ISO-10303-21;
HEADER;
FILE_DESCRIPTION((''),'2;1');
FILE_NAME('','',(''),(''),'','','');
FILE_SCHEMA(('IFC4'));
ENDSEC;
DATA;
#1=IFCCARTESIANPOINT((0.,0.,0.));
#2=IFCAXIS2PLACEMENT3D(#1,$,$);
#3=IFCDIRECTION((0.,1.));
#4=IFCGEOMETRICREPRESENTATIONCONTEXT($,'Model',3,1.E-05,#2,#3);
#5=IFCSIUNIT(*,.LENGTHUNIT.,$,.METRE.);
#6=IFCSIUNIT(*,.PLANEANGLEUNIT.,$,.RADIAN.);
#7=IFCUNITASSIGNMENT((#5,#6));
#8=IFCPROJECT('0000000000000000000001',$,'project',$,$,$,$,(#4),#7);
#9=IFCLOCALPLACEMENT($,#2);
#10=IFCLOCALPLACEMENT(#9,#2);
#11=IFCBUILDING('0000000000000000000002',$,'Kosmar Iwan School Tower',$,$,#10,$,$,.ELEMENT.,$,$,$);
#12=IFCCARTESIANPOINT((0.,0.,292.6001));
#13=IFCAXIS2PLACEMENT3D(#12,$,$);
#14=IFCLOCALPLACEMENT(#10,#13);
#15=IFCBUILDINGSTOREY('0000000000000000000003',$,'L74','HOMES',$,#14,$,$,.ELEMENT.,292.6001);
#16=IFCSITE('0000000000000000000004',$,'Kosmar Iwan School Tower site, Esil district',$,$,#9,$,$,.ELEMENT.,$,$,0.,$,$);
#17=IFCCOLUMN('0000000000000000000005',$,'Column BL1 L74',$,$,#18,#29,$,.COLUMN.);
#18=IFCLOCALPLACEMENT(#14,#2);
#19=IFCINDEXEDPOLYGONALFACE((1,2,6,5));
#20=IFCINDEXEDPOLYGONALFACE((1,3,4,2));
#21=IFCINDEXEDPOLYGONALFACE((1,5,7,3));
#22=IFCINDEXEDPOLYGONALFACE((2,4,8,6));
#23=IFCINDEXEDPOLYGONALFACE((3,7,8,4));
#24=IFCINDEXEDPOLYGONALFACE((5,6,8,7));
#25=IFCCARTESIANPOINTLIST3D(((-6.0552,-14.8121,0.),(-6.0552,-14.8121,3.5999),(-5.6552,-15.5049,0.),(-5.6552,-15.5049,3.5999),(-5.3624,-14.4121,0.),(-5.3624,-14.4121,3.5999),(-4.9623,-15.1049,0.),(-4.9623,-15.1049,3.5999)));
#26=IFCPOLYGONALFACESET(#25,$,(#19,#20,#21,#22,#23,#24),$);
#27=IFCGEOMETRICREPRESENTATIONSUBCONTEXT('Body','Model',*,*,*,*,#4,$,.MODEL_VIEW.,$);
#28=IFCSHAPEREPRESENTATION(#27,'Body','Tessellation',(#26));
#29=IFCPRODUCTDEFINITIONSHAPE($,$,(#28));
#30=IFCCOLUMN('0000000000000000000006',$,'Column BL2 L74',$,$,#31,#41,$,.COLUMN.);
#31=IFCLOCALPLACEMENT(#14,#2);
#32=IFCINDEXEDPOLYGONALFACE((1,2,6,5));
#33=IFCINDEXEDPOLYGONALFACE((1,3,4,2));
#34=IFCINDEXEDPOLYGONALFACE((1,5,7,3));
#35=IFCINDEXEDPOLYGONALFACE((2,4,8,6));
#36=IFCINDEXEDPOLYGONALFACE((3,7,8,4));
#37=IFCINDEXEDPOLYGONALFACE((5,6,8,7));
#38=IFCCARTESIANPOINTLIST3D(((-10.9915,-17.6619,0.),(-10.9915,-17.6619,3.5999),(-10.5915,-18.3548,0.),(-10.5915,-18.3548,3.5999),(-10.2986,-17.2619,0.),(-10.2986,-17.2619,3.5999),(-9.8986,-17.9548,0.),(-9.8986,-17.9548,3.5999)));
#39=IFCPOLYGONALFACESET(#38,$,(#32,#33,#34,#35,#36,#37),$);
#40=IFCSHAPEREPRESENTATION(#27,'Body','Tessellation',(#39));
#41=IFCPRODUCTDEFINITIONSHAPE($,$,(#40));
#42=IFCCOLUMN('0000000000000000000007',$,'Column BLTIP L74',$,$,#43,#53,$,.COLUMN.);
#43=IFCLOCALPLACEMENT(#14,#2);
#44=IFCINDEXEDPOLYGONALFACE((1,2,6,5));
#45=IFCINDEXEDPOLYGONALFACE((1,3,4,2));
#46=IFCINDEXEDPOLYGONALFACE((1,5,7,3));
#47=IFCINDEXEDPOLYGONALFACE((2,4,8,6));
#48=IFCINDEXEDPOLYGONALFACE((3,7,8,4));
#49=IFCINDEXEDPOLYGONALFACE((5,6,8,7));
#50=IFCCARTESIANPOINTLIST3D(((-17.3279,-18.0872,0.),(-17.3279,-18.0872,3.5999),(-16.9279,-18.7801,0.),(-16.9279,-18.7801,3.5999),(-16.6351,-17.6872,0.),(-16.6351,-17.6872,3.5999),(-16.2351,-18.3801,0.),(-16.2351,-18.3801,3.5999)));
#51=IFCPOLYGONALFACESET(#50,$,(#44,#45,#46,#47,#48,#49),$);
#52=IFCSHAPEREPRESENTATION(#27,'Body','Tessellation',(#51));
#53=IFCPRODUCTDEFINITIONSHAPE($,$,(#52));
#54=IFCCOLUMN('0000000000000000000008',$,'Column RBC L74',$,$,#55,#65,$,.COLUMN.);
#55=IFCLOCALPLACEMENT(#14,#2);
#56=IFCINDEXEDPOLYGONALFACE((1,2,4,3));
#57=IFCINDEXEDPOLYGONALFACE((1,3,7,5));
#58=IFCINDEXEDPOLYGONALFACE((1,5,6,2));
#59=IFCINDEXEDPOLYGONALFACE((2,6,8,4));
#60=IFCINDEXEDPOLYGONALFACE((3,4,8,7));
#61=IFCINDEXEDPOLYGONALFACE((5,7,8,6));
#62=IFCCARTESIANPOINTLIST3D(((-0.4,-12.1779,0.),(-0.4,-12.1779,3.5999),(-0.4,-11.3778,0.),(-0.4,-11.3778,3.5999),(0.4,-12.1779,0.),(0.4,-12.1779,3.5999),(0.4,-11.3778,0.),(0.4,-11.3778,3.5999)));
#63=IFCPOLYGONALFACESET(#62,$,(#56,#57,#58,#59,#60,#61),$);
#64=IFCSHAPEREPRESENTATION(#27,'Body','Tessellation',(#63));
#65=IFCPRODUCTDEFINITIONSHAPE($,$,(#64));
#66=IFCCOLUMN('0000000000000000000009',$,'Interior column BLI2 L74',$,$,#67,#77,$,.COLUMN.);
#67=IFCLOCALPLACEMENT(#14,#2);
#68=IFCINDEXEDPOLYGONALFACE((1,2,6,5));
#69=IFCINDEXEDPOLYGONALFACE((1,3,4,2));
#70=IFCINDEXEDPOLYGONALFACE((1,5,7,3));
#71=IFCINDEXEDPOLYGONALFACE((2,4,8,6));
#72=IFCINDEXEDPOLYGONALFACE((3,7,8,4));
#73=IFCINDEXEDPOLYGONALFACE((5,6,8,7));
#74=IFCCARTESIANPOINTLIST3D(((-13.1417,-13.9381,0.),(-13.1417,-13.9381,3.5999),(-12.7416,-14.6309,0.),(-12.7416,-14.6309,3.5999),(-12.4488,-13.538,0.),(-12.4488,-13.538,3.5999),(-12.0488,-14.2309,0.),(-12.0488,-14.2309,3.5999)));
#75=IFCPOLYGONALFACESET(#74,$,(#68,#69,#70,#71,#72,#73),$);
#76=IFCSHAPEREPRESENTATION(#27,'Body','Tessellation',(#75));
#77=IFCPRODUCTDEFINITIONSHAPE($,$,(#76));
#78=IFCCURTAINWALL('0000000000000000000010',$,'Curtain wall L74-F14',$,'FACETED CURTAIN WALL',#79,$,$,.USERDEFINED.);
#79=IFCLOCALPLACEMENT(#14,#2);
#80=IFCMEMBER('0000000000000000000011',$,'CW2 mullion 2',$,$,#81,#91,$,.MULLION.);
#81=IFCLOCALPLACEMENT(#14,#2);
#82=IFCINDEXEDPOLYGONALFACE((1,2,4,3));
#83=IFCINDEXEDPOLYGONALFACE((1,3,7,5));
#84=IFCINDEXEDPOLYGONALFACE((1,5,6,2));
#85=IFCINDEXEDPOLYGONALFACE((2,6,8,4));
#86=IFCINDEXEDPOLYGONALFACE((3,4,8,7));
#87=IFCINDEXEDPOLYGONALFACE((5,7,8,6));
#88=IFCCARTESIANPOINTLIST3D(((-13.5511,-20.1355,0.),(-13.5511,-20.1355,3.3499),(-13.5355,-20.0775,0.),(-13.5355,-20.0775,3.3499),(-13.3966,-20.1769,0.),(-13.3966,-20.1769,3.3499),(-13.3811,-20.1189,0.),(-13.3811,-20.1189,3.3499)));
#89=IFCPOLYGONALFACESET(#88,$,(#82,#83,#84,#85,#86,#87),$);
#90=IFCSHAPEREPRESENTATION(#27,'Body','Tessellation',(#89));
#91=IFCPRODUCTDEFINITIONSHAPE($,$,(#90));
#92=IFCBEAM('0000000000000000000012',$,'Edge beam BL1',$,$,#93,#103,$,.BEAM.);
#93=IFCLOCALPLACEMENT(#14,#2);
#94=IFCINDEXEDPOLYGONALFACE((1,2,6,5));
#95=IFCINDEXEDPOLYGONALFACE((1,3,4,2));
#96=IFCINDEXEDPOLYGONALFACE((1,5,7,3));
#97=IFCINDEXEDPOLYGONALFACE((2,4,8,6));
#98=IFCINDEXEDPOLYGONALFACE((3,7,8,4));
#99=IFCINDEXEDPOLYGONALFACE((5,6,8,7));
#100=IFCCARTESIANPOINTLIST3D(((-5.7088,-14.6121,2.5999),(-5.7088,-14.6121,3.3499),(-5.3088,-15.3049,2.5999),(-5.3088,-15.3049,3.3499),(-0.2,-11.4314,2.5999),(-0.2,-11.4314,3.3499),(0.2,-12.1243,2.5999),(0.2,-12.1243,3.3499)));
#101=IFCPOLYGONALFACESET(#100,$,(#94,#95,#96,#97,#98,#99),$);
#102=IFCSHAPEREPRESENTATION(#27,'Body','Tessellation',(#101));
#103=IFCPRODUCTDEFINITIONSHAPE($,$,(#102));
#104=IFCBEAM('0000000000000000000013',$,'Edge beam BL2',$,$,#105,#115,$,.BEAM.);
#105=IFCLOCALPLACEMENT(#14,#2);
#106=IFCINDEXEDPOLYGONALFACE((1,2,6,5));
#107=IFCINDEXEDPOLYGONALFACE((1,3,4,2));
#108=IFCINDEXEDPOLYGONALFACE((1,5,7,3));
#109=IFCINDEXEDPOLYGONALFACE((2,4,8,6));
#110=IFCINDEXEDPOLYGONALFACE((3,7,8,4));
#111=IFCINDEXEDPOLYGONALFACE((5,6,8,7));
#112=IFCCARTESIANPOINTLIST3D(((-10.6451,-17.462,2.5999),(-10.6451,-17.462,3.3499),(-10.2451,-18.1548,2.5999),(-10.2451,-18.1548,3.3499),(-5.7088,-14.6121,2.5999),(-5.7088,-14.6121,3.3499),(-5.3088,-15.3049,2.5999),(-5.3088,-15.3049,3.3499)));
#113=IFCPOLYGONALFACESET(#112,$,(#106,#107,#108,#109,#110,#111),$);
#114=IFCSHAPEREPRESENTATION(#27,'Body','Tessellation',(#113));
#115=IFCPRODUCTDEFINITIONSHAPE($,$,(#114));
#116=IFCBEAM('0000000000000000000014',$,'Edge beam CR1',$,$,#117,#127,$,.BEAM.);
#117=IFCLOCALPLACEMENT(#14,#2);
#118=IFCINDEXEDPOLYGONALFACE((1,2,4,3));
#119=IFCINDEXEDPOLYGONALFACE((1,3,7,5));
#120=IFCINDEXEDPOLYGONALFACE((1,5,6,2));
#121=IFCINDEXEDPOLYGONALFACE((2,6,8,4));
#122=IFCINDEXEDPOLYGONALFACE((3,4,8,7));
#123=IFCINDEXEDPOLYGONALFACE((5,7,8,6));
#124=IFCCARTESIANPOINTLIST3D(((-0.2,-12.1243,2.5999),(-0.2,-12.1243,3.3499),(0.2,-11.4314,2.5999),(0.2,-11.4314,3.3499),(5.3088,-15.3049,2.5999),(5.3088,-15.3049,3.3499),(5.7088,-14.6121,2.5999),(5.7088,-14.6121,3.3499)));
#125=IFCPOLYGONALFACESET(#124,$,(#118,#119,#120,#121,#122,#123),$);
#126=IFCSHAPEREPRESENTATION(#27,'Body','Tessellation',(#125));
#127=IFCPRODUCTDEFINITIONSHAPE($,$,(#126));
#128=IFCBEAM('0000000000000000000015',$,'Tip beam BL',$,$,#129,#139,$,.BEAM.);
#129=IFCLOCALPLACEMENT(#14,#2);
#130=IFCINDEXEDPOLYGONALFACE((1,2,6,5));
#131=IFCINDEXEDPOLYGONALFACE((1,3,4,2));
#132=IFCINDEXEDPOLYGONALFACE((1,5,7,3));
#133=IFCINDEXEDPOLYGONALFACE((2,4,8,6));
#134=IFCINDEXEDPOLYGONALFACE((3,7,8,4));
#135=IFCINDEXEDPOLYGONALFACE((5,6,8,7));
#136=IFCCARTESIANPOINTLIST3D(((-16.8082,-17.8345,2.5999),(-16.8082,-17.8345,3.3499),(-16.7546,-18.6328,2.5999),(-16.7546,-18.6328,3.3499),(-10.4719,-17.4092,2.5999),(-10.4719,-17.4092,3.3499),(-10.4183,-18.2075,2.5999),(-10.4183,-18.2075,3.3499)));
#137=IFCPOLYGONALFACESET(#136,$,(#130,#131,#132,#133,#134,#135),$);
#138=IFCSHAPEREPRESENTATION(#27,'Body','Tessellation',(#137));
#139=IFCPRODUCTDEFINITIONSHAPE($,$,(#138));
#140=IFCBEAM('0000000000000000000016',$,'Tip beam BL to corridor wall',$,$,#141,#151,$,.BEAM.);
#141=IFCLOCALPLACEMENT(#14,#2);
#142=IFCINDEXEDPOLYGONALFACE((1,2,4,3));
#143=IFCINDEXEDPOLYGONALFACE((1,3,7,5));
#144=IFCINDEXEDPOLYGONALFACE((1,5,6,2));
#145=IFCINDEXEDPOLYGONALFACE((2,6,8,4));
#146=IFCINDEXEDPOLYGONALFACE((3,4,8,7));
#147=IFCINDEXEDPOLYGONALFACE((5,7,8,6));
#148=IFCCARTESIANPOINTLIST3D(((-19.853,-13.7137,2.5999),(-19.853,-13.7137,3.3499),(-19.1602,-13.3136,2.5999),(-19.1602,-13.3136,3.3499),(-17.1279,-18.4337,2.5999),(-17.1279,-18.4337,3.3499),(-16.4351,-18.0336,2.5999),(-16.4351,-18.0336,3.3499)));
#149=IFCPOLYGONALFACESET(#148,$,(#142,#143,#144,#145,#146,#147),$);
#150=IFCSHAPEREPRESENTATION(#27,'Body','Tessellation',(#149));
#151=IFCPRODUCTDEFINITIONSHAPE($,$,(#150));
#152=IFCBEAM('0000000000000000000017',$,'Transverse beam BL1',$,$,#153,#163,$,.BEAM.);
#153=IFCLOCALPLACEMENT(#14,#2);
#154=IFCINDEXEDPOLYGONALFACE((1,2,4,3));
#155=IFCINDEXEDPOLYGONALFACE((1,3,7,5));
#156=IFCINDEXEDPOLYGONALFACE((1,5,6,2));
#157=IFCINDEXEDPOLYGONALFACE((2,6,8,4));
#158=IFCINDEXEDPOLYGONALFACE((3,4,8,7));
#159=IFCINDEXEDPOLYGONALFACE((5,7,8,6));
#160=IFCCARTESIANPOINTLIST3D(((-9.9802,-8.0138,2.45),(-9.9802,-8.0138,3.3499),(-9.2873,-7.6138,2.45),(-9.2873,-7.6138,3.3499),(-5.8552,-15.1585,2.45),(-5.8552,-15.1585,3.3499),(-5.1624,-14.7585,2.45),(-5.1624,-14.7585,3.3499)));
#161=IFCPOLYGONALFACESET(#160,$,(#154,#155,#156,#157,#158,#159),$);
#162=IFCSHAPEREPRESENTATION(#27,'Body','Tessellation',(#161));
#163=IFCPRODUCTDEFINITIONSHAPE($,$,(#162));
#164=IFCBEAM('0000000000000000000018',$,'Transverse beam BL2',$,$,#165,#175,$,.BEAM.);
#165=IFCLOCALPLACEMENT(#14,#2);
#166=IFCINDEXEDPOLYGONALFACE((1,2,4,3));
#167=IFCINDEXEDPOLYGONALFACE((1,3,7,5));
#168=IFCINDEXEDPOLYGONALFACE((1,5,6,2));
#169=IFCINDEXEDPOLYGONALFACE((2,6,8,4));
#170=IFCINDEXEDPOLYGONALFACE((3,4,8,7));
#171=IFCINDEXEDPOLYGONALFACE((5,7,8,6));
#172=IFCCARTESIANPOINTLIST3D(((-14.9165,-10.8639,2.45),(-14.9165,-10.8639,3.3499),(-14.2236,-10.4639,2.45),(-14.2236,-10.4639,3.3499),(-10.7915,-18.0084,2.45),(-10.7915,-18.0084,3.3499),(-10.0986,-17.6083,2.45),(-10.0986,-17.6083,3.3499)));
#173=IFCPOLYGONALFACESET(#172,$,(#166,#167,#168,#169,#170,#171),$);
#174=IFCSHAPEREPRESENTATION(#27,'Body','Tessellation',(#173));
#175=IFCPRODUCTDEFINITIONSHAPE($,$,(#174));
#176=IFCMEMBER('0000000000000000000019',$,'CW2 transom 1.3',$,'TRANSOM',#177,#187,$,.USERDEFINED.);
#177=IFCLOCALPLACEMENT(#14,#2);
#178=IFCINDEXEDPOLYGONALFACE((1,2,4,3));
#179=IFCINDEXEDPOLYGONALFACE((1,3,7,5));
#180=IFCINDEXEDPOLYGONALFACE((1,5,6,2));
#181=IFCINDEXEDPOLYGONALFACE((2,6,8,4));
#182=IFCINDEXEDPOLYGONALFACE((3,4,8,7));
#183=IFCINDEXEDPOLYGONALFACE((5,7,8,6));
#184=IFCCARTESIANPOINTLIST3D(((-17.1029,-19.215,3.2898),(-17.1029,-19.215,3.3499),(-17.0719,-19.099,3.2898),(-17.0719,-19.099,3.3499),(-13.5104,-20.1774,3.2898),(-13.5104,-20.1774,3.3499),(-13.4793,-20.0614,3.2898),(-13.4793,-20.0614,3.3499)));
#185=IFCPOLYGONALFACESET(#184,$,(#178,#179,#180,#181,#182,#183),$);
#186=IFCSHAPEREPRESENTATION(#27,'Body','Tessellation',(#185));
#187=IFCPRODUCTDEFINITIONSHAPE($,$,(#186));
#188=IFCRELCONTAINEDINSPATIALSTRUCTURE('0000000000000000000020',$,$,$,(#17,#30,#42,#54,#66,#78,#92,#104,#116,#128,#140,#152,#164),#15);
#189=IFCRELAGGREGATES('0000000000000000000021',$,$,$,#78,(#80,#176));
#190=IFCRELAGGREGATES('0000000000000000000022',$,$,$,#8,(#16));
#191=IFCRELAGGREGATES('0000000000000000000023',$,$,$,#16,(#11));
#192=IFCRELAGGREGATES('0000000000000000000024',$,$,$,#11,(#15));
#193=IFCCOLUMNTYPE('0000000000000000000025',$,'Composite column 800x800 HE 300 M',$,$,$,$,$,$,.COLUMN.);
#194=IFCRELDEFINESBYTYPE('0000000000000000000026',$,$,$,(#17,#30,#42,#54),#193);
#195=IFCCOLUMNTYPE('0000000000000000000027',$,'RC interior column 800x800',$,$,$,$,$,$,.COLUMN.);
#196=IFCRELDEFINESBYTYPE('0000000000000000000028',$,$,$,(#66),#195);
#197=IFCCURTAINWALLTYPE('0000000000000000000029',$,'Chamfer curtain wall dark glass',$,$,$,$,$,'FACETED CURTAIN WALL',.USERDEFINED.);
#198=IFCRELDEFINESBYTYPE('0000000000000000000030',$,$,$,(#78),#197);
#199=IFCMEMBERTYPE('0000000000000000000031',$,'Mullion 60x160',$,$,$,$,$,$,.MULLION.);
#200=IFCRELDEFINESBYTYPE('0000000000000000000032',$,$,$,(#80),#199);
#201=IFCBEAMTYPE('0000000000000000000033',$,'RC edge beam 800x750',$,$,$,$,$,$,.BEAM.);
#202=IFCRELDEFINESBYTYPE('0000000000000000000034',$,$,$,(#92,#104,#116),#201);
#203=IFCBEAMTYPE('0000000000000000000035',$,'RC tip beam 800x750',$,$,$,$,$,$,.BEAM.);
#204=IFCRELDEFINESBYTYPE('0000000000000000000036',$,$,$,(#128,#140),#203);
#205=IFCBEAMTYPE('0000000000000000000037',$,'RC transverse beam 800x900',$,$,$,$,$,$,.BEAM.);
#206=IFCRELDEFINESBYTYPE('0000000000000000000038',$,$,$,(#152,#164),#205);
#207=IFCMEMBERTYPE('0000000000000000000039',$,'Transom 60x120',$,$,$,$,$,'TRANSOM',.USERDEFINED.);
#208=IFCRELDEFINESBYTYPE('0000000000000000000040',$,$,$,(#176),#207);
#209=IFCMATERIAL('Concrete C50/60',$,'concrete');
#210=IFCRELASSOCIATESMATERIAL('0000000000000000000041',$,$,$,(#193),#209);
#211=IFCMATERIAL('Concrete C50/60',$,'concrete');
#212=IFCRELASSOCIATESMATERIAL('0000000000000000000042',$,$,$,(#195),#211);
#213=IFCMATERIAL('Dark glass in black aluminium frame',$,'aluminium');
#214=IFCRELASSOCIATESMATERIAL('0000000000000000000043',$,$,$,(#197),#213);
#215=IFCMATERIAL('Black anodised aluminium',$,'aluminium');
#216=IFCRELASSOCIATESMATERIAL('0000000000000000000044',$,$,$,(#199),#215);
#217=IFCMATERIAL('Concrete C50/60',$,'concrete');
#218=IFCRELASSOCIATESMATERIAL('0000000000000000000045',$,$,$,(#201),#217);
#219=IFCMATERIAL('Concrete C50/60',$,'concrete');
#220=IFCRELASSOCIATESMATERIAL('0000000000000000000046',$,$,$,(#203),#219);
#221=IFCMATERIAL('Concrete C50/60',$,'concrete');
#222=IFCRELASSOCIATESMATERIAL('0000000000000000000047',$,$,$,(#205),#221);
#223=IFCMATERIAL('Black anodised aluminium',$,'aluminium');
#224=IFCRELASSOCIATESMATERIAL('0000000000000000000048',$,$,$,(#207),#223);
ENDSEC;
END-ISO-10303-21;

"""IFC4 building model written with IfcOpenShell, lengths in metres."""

from ifc_helpers import new_model, si_unit, direction, frame, origin, origin_2d, place, context, subcontext, project, spatial, rectangle, extrude, material, material_profile, profile_set, type_object, element, aggregate, save


model = new_model("IFC4")

# Units and contexts
model_context = context("Model", 3, precision=1e-05, world=origin(), true_north=direction((0.0, 1.0)))
body_context = subcontext(model_context, "Body", "Model", "MODEL_VIEW")
ifc_project = project(units=[si_unit("LENGTHUNIT", "METRE"), si_unit("PLANEANGLEUNIT", "RADIAN")], contexts=[model_context])

# Site, building, storey
site_placement = place(None, origin())
site = spatial("IfcSite", under=ifc_project, at=site_placement, Name="Kosmar Iwan School Tower site, Esil district", CompositionType="ELEMENT", RefElevation=0.0)
building_placement = place(site_placement, origin())
building = spatial("IfcBuilding", under=site, at=building_placement, Name="Kosmar Iwan School Tower", CompositionType="ELEMENT")
storey_placement = place(building_placement, frame((0.0, 0.0, 292.6001)))
storey = spatial("IfcBuildingStorey", under=building, at=storey_placement, Name="L74", Description="HOMES", CompositionType="ELEMENT", Elevation=292.6001)

# Columns
ifc_material_1 = material(Name="Concrete C50/60", Category="concrete")
ifc_material_profile_1 = material_profile(ifc_material_1, rectangle(XDim=0.8, YDim=0.8, at=origin_2d()), Name="RC 800x800 + HE 300 M")
ifc_profile_set_1 = profile_set([ifc_material_profile_1], Name="Concrete C50/60")
column_type_1 = type_object("IfcColumnType", Name="Composite column 800x800 HE 300 M", PredefinedType="COLUMN", material=ifc_profile_set_1)
for number, where, z_axis, x_axis, name in (
    (1, (-5.5088, -14.9585, 0.0), (0.0, 0.0, 1.0), (-0.866025, -0.5, 0.0), "Column BL1 L74"),
    (2, (-10.4451, -17.8083, 0.0), (0.0, 0.0, 1.0), (-0.866025, -0.5, 0.0), "Column BL2 L74"),
    (3, (-16.7815, -18.2336, 0.0), (0.0, 0.0, 1.0), (-0.866025, -0.5, 0.0), "Column BLTIP L74"),
    (4, (0.0, -11.7778, 0.0), (0.0, 0.0, 1.0), (1.0, 0.0, 0.0), "Column RBC L74"),
):
    element("IfcColumn", number, at=place(storey_placement, frame(where, z_axis=z_axis, x_axis=x_axis)), inside=storey, type_object=column_type_1, Name=name, PredefinedType="COLUMN", context=body_context, shape_type="SweptSolid", body=[
        extrude(rectangle(XDim=0.8, YDim=0.8, at=origin_2d()), origin(), (0.0, 0.0, 1.0), 3.5999),
    ])
ifc_material_2 = material(Name="Concrete C50/60", Category="concrete")
ifc_material_profile_2 = material_profile(ifc_material_2, rectangle(XDim=0.8, YDim=0.8, at=origin_2d()), Name="RC 800x800")
ifc_profile_set_2 = profile_set([ifc_material_profile_2], Name="Concrete C50/60")
column_type_2 = type_object("IfcColumnType", Name="RC interior column 800x800", PredefinedType="COLUMN", material=ifc_profile_set_2)
column_placement = place(storey_placement, frame((-12.5952, -14.0845, 0.0), z_axis=(0.0, 0.0, 1.0), x_axis=(-0.866025, -0.5, 0.0)))
element("IfcColumn", 5, at=column_placement, inside=storey, type_object=column_type_2, Name="Interior column BLI2 L74", PredefinedType="COLUMN", context=body_context, shape_type="SweptSolid", body=[
    extrude(rectangle(XDim=0.8, YDim=0.8, at=origin_2d()), origin(), (0.0, 0.0, 1.0), 3.5999),
])

# Curtain wall, member
ifc_material_3 = material(Name="Dark glass in black aluminium frame", Category="aluminium")
curtain_wall_type = type_object("IfcCurtainWallType", Name="Chamfer curtain wall dark glass", ElementType="FACETED CURTAIN WALL", PredefinedType="USERDEFINED", material=ifc_material_3)
curtain_wall_placement = place(storey_placement, origin())
curtain_wall = element("IfcCurtainWall", 6, at=curtain_wall_placement, inside=storey, type_object=curtain_wall_type, Name="Curtain wall L74-F14", ObjectType="FACETED CURTAIN WALL", PredefinedType="USERDEFINED")
ifc_material_4 = material(Name="Black anodised aluminium", Category="aluminium")
ifc_material_profile_3 = material_profile(ifc_material_4, rectangle(XDim=0.0601, YDim=0.1599, at=origin_2d()), Name="MULLION 60x160")
ifc_profile_set_3 = profile_set([ifc_material_profile_3], Name="Black anodised aluminium")
member_type_1 = type_object("IfcMemberType", Name="Mullion 60x160", PredefinedType="MULLION", material=ifc_profile_set_3)
member_1_placement = place(storey_placement, frame((-13.4661, -20.1272, 0.0), z_axis=(0.0, 0.0, 1.0), x_axis=(0.258819, 0.965926, 0.0)))
member_1 = element("IfcMember", 7, at=member_1_placement, type_object=member_type_1, Name="CW2 mullion 2", PredefinedType="MULLION", context=body_context, shape_type="SweptSolid", body=[
    extrude(rectangle(XDim=0.0601, YDim=0.1599, at=origin_2d()), origin(), (0.0, 0.0, 1.0), 3.3499),
])

# Beams
ifc_material_5 = material(Name="Concrete C50/60", Category="concrete")
ifc_material_profile_4 = material_profile(ifc_material_5, rectangle(XDim=0.8, YDim=0.75, at=origin_2d()), Name="RC 800x750")
ifc_profile_set_4 = profile_set([ifc_material_profile_4], Name="Concrete C50/60")
beam_type_1 = type_object("IfcBeamType", Name="RC edge beam 800x750", PredefinedType="BEAM", material=ifc_profile_set_4)
beam_1_placement = place(storey_placement, frame((0.0, -11.7778, 2.9749), z_axis=(-0.866014, -0.500019, 0.0), x_axis=(0.500019, -0.866014, 0.0)))
element("IfcBeam", 8, at=beam_1_placement, inside=storey, type_object=beam_type_1, Name="Edge beam BL1", PredefinedType="BEAM", context=body_context, shape_type="SweptSolid", body=[
    extrude(rectangle(XDim=0.8, YDim=0.75, at=origin_2d()), origin(), (0.0, 0.0, 1.0), 6.3611),
])
beam_2_placement = place(storey_placement, frame((-5.5088, -14.9585, 2.9749), z_axis=(-0.866034, -0.499986, 0.0), x_axis=(0.499986, -0.866034, 0.0)))
element("IfcBeam", 9, at=beam_2_placement, inside=storey, type_object=beam_type_1, Name="Edge beam BL2", PredefinedType="BEAM", context=body_context, shape_type="SweptSolid", body=[
    extrude(rectangle(XDim=0.8, YDim=0.75, at=origin_2d()), origin(), (0.0, 0.0, 1.0), 5.7),
])
beam_3_placement = place(storey_placement, frame((0.0, -11.7778, 2.9749), z_axis=(0.866014, -0.500019, 0.0), x_axis=(0.500019, 0.866014, 0.0)))
element("IfcBeam", 10, at=beam_3_placement, inside=storey, type_object=beam_type_1, Name="Edge beam CR1", PredefinedType="BEAM", context=body_context, shape_type="SweptSolid", body=[
    extrude(rectangle(XDim=0.8, YDim=0.75, at=origin_2d()), origin(), (0.0, 0.0, 1.0), 6.3611),
])
ifc_material_6 = material(Name="Concrete C50/60", Category="concrete")
ifc_material_profile_5 = material_profile(ifc_material_6, rectangle(XDim=0.8, YDim=0.75, at=origin_2d()), Name="RC 800x750")
ifc_profile_set_5 = profile_set([ifc_material_profile_5], Name="Concrete C50/60")
beam_type_2 = type_object("IfcBeamType", Name="RC tip beam 800x750", PredefinedType="BEAM", material=ifc_profile_set_5)
beam_4_placement = place(storey_placement, frame((-10.4451, -17.8083, 2.9749), z_axis=(-0.997755, -0.066968, 0.0), x_axis=(0.066968, -0.997755, 0.0)))
element("IfcBeam", 11, at=beam_4_placement, inside=storey, type_object=beam_type_2, Name="Tip beam BL", PredefinedType="BEAM", context=body_context, shape_type="SweptSolid", body=[
    extrude(rectangle(XDim=0.8, YDim=0.75, at=origin_2d()), origin(), (0.0, 0.0, 1.0), 6.3506),
])
beam_5_placement = place(storey_placement, frame((-16.7815, -18.2336, 2.9749), z_axis=(-0.500003, 0.866024, 0.0), x_axis=(-0.866024, -0.500003, 0.0)))
element("IfcBeam", 12, at=beam_5_placement, inside=storey, type_object=beam_type_2, Name="Tip beam BL to corridor wall", PredefinedType="BEAM", context=body_context, shape_type="SweptSolid", body=[
    extrude(rectangle(XDim=0.8, YDim=0.75, at=origin_2d()), origin(), (0.0, 0.0, 1.0), 5.4502),
])
ifc_material_7 = material(Name="Concrete C50/60", Category="concrete")
ifc_material_profile_6 = material_profile(ifc_material_7, rectangle(XDim=0.8, YDim=0.8999, at=origin_2d()), Name="RC 800x900")
ifc_profile_set_6 = profile_set([ifc_material_profile_6], Name="Concrete C50/60")
beam_type_3 = type_object("IfcBeamType", Name="RC transverse beam 800x900", PredefinedType="BEAM", material=ifc_profile_set_6)
beam_6_placement = place(storey_placement, frame((-5.5088, -14.9585, 2.8999), z_axis=(-0.499997, 0.866027, 0.0), x_axis=(-0.866027, -0.499997, 0.0)))
element("IfcBeam", 13, at=beam_6_placement, inside=storey, type_object=beam_type_3, Name="Transverse beam BL1", PredefinedType="BEAM", context=body_context, shape_type="SweptSolid", body=[
    extrude(rectangle(XDim=0.8, YDim=0.8999, at=origin_2d()), origin(), (0.0, 0.0, 1.0), 8.25),
])
beam_7_placement = place(storey_placement, frame((-10.4451, -17.8083, 2.8999), z_axis=(-0.500009, 0.86602, 0.0), x_axis=(-0.86602, -0.500009, 0.0)))
element("IfcBeam", 14, at=beam_7_placement, inside=storey, type_object=beam_type_3, Name="Transverse beam BL2", PredefinedType="BEAM", context=body_context, shape_type="SweptSolid", body=[
    extrude(rectangle(XDim=0.8, YDim=0.8999, at=origin_2d()), origin(), (0.0, 0.0, 1.0), 8.2498),
])

# Member
ifc_material_8 = material(Name="Black anodised aluminium", Category="aluminium")
ifc_material_profile_7 = material_profile(ifc_material_8, rectangle(XDim=0.1201, YDim=0.0601, at=origin_2d()), Name="TRANSOM 60x120")
ifc_profile_set_7 = profile_set([ifc_material_profile_7], Name="Black anodised aluminium")
member_type_2 = type_object("IfcMemberType", Name="Transom 60x120", ElementType="TRANSOM", PredefinedType="USERDEFINED", material=ifc_profile_set_7)
member_2_placement = place(storey_placement, frame((-17.0874, -19.157, 3.3198), z_axis=(0.96594, -0.258766, 0.0), x_axis=(0.258766, 0.96594, 0.0)))
member_2 = element("IfcMember", 15, at=member_2_placement, type_object=member_type_2, Name="CW2 transom 1.3", ObjectType="TRANSOM", PredefinedType="USERDEFINED", context=body_context, shape_type="SweptSolid", body=[
    extrude(rectangle(XDim=0.1201, YDim=0.0601, at=origin_2d()), origin(), (0.0, 0.0, 1.0), 3.7192),
])

aggregate(curtain_wall, [member_1, member_2])

save(model, "model.ifc")
